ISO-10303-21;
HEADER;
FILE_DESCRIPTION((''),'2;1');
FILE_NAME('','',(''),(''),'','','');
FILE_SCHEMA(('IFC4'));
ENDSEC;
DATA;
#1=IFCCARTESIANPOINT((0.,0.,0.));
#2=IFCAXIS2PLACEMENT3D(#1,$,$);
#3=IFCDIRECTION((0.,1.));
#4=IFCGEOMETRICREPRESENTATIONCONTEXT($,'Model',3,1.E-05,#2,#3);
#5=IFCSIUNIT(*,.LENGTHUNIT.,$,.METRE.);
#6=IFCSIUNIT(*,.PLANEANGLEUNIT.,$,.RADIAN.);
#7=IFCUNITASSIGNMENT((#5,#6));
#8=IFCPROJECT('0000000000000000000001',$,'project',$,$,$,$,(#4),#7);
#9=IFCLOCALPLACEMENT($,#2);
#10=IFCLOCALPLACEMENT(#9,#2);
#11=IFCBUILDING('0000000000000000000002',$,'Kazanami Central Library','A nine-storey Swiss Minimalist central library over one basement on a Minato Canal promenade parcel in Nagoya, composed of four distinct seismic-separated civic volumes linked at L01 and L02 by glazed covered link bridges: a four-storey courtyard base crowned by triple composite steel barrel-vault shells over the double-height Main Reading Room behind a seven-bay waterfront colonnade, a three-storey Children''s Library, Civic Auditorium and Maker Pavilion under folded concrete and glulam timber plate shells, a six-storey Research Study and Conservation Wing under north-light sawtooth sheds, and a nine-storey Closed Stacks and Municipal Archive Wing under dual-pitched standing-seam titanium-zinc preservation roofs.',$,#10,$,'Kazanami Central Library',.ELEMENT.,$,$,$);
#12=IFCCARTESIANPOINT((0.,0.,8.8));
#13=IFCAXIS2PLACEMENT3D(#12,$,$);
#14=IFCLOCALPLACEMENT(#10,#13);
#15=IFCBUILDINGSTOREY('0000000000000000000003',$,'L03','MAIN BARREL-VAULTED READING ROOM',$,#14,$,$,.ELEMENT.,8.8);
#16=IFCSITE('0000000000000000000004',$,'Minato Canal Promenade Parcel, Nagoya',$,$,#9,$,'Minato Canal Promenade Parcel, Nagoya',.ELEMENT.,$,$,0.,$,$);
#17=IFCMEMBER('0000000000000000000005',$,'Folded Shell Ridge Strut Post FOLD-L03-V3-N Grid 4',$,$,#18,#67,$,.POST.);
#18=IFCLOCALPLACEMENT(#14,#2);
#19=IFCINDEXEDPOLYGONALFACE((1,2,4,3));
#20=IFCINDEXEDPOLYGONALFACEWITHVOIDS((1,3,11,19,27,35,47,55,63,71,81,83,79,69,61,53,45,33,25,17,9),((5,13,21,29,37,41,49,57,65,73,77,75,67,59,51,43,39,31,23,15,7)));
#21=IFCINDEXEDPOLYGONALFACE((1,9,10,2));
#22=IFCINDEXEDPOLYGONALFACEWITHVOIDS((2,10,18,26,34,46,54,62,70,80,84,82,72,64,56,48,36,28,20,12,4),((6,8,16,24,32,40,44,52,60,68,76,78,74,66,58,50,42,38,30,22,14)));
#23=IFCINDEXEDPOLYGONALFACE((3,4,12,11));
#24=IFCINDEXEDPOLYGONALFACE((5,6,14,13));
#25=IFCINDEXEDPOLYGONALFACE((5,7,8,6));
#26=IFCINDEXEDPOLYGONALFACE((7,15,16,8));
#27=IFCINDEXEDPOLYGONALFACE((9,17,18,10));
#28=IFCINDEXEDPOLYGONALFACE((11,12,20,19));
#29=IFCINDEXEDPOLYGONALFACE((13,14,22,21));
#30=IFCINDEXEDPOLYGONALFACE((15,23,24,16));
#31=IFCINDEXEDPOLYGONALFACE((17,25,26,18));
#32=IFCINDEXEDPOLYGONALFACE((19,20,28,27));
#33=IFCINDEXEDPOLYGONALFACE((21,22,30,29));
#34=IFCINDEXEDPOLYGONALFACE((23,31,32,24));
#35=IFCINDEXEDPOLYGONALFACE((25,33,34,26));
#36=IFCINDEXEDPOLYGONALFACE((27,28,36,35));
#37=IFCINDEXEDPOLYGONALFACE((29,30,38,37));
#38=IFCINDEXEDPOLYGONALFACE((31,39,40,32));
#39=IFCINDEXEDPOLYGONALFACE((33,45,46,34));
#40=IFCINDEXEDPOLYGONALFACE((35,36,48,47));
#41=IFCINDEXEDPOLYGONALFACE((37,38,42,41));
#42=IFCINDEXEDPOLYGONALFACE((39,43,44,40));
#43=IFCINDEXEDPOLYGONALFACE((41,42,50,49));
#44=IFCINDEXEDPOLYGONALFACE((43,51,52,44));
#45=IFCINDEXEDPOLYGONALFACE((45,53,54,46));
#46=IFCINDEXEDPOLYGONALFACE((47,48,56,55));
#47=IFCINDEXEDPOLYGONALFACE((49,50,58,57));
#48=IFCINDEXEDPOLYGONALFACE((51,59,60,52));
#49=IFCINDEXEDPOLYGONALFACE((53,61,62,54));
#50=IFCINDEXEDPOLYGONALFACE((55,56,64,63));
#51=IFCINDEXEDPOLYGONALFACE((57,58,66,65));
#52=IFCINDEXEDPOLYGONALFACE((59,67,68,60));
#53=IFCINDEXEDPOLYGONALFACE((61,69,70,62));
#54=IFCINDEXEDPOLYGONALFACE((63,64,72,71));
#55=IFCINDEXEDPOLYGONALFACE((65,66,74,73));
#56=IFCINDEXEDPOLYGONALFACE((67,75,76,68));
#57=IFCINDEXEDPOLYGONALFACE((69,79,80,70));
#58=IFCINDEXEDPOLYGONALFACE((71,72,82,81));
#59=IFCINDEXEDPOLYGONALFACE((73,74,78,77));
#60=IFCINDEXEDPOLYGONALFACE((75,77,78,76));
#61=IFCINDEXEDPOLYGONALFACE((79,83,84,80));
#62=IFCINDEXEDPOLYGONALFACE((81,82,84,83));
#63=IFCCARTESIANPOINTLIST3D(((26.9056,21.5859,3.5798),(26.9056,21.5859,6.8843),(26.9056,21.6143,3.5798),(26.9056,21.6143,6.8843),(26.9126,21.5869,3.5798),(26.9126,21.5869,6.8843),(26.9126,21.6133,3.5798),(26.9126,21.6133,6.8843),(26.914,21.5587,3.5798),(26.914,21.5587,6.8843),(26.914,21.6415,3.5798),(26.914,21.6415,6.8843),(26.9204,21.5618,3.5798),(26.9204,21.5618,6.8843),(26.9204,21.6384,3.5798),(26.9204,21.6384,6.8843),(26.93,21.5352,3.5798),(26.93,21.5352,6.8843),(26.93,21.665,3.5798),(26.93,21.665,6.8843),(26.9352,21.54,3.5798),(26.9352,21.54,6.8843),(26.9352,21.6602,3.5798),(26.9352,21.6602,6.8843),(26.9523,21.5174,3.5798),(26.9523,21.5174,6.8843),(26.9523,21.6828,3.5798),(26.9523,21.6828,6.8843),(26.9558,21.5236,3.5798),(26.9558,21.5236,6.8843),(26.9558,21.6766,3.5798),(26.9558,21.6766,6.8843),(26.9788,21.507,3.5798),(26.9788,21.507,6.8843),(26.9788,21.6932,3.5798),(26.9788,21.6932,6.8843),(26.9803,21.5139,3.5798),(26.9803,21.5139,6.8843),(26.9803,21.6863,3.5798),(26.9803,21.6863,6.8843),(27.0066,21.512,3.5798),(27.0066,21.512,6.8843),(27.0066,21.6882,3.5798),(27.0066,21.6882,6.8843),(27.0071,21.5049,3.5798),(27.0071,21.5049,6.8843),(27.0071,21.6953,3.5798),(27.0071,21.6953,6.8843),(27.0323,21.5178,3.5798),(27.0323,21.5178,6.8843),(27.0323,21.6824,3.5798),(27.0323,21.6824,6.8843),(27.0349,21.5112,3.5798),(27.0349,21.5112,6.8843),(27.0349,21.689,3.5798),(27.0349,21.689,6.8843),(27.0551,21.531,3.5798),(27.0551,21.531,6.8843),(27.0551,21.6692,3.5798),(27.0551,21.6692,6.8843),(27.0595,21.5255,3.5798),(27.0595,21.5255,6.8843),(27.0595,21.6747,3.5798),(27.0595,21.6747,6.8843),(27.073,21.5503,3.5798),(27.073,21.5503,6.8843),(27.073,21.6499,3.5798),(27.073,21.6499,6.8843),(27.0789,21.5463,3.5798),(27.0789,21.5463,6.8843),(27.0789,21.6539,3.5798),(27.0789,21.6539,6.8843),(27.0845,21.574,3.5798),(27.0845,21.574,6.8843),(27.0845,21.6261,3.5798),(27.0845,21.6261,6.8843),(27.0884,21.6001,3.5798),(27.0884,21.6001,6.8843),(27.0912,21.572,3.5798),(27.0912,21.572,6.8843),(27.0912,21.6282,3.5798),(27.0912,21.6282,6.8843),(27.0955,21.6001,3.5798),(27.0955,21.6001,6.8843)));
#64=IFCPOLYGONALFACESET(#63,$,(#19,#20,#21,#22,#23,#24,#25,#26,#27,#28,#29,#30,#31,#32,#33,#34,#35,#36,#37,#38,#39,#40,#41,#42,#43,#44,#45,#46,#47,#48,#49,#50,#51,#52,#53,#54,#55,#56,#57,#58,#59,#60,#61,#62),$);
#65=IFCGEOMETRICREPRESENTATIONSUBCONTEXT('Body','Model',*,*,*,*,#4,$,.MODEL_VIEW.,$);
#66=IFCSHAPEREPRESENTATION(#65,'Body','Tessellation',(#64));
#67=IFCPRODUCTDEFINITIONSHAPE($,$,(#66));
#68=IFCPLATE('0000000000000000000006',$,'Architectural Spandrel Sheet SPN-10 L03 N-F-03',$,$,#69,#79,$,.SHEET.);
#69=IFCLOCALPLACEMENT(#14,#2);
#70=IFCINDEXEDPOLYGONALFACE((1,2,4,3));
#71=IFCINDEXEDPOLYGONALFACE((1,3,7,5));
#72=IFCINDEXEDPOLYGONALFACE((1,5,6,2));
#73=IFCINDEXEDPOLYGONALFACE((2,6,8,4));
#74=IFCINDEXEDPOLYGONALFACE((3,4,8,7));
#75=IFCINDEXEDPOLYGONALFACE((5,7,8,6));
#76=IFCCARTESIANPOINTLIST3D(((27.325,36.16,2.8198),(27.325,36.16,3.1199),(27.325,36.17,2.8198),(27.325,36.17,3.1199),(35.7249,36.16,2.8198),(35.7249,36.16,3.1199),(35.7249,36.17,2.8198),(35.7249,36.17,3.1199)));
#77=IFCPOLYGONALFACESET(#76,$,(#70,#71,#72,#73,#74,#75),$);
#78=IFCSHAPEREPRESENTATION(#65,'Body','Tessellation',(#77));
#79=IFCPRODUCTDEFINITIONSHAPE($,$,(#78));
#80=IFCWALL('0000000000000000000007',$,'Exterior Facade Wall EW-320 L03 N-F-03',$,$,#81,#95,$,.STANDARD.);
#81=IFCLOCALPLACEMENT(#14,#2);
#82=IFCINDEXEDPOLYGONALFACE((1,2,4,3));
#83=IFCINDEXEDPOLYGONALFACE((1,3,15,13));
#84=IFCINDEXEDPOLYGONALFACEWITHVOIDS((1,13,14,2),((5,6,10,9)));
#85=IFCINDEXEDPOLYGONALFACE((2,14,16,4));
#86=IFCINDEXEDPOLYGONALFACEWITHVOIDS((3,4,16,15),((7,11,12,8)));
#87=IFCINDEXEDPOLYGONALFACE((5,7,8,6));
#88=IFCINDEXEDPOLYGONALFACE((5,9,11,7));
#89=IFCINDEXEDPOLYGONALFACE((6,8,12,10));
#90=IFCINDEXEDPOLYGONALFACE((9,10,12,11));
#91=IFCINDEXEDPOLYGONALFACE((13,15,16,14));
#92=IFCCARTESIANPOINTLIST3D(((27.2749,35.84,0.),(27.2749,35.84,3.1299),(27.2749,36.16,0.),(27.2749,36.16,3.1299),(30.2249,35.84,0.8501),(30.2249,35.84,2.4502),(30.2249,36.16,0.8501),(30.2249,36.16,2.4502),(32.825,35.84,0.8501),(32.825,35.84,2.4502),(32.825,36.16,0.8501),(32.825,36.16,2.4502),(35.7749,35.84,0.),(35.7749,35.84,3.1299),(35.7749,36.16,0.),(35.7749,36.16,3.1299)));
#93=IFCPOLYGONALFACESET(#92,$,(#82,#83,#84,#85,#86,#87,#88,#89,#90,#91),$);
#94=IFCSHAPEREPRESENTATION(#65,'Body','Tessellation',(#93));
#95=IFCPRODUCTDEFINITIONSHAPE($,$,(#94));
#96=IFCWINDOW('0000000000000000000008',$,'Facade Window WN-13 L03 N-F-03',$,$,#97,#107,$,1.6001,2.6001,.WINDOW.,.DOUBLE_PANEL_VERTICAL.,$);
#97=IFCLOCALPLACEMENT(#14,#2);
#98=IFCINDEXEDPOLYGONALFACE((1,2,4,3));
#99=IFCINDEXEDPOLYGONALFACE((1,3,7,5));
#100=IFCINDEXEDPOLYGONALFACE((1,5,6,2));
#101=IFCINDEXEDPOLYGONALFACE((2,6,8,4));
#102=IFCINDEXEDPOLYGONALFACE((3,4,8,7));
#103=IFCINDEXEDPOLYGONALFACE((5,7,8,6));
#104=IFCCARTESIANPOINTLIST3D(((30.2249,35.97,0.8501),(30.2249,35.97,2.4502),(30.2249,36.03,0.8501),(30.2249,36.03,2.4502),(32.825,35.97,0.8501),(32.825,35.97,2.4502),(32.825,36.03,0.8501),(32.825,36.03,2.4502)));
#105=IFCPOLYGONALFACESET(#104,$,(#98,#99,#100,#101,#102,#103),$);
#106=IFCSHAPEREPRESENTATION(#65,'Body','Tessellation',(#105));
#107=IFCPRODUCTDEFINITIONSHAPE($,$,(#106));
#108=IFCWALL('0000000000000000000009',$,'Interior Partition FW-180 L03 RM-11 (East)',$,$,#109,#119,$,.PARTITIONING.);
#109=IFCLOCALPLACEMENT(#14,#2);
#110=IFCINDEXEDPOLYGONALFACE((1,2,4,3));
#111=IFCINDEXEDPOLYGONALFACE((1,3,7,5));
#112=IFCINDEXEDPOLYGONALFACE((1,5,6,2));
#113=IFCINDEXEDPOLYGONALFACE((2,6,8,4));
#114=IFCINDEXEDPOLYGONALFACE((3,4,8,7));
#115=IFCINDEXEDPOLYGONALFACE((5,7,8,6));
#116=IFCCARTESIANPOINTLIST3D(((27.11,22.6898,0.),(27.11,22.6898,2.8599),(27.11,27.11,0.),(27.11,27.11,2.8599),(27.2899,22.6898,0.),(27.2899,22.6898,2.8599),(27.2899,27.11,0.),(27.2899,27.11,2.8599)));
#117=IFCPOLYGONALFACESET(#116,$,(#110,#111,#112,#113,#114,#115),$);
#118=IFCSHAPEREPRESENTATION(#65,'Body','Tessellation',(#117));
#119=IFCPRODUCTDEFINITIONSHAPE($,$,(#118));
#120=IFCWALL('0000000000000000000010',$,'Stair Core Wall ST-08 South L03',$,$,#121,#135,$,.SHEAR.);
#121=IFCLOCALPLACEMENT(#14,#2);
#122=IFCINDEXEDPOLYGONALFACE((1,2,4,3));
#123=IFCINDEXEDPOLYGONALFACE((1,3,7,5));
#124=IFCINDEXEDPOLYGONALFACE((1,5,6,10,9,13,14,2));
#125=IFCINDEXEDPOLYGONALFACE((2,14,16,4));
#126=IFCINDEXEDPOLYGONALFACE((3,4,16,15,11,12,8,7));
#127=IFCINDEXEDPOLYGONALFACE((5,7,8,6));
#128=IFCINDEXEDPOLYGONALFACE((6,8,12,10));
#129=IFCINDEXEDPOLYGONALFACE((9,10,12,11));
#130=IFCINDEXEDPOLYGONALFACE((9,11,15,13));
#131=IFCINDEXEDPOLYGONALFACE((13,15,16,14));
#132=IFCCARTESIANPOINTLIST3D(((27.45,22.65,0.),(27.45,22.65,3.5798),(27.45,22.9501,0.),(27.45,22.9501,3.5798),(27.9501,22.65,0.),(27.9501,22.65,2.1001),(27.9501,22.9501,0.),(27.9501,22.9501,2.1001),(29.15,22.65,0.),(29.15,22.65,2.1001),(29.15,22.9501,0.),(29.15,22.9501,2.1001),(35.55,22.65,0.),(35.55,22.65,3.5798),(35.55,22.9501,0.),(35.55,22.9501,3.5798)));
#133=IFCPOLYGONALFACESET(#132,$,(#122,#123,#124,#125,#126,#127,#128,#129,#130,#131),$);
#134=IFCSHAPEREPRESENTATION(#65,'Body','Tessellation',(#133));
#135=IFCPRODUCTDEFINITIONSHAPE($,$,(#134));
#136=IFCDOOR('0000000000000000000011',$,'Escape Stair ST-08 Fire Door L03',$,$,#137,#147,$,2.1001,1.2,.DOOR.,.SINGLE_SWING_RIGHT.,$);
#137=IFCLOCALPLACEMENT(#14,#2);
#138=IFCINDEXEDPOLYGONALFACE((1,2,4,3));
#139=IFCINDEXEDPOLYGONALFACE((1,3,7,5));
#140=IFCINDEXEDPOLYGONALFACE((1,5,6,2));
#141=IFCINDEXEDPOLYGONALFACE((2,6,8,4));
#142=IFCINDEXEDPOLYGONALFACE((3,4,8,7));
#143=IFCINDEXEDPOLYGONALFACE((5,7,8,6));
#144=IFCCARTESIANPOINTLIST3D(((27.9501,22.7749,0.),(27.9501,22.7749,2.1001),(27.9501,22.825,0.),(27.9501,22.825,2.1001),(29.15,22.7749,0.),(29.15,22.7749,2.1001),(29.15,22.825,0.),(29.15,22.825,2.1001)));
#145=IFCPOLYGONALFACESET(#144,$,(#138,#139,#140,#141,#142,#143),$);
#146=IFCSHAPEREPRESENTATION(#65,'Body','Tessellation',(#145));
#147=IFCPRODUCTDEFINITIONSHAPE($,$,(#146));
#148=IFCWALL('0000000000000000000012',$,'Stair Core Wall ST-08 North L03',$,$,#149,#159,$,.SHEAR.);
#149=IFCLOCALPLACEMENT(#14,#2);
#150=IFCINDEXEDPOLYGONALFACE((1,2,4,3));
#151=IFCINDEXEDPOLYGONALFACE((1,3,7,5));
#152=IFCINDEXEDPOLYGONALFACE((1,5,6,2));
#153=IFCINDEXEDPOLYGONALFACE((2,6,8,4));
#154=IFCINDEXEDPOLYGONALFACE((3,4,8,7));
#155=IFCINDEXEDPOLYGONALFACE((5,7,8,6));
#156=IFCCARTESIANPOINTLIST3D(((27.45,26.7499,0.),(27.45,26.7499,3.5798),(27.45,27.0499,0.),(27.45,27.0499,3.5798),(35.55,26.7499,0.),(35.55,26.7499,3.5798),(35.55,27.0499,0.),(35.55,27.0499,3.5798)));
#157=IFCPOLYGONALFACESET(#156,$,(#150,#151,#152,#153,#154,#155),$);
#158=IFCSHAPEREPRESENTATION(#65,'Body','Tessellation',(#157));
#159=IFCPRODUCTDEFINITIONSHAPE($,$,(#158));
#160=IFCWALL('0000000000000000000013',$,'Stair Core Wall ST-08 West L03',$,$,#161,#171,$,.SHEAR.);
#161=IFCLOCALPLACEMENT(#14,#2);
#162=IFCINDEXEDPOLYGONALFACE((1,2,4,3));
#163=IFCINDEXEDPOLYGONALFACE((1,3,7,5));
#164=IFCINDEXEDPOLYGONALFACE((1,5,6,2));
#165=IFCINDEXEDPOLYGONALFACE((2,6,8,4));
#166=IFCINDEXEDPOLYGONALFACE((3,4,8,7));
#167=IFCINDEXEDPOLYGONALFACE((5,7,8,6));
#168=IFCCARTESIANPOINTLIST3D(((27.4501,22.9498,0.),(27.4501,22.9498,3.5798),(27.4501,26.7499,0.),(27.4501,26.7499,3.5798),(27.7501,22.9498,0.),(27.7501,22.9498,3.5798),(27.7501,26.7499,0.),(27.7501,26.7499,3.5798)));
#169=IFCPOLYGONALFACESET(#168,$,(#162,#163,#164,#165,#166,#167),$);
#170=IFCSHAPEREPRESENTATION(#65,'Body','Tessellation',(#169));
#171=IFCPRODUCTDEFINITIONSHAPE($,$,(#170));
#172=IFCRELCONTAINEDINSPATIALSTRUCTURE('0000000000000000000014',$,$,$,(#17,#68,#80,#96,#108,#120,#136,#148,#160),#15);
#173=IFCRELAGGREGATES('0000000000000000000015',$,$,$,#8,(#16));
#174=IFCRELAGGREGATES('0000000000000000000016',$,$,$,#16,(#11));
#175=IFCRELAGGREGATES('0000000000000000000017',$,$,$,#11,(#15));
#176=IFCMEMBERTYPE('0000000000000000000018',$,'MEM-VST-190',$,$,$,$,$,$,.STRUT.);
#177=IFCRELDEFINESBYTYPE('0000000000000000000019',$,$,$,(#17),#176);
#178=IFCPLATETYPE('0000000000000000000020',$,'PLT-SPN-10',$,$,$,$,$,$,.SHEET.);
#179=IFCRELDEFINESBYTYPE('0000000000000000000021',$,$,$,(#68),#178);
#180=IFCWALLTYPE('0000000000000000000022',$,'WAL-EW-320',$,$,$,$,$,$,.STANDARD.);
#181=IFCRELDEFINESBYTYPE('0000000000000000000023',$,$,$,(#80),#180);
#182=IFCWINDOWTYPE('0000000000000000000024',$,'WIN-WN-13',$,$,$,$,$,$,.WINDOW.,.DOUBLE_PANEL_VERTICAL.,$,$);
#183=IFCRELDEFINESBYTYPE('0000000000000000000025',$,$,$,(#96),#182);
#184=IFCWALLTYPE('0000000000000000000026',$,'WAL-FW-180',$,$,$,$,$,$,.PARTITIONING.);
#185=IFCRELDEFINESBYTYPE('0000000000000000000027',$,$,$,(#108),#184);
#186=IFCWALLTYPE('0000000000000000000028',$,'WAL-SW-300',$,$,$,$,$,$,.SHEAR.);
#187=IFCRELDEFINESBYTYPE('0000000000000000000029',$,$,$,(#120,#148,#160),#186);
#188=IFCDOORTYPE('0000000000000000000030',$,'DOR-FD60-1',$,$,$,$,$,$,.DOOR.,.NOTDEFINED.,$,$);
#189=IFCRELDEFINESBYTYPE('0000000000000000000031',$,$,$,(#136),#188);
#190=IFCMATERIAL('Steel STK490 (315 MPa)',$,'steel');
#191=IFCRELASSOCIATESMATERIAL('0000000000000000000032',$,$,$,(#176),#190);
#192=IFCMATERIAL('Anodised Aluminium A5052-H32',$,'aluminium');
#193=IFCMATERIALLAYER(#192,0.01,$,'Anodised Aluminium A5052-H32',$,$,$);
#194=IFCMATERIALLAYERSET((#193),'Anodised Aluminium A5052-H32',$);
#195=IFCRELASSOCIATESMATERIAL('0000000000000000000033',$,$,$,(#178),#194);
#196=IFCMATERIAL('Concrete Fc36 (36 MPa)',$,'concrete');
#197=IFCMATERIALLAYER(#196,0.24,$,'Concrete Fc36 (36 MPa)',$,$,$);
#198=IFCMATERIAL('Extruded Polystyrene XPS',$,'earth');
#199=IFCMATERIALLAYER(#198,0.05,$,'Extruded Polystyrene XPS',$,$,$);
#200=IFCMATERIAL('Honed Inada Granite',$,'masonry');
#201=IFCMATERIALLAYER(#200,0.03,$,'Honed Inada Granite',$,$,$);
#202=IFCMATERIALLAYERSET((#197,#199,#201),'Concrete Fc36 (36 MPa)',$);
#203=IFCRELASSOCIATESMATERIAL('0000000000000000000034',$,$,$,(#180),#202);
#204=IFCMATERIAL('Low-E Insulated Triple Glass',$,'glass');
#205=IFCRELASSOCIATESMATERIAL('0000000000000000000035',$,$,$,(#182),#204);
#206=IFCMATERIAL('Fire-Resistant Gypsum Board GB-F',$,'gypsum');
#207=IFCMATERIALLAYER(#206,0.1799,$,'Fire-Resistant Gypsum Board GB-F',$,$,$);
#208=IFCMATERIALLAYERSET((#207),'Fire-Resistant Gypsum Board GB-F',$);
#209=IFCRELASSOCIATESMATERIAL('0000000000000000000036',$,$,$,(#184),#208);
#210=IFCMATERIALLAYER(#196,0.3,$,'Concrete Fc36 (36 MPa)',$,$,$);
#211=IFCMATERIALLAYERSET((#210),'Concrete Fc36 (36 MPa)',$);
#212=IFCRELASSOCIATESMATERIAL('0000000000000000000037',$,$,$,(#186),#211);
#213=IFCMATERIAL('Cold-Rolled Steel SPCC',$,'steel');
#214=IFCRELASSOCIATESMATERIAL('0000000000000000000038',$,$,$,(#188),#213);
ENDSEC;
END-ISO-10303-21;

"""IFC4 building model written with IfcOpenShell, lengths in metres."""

from ifc_helpers import new_model, si_unit, direction, frame, frame_2d, origin, origin_2d, place, context, subcontext, project, spatial, rectangle, hollow_circle, extrude, material, layer, layer_set, material_profile, profile_set, type_object, element, fill, save


model = new_model("IFC4")

# Units and contexts
model_context = context("Model", 3, precision=1e-05, world=origin(), true_north=direction((0.0, 1.0)))
body_context = subcontext(model_context, "Body", "Model", "MODEL_VIEW")
ifc_project = project(units=[si_unit("LENGTHUNIT", "METRE"), si_unit("PLANEANGLEUNIT", "RADIAN")], contexts=[model_context])

# Site, building, storey
site_placement = place(None, origin())
site = spatial("IfcSite", under=ifc_project, at=site_placement, Name="Minato Canal Promenade Parcel, Nagoya", LongName="Minato Canal Promenade Parcel, Nagoya", CompositionType="ELEMENT", RefElevation=0.0)
building_placement = place(site_placement, origin())
building = spatial("IfcBuilding", under=site, at=building_placement, Name="Kazanami Central Library", Description="A nine-storey Swiss Minimalist central library over one basement on a Minato Canal promenade parcel in Nagoya, composed of four distinct seismic-separated civic volumes linked at L01 and L02 by glazed covered link bridges: a four-storey courtyard base crowned by triple composite steel barrel-vault shells over the double-height Main Reading Room behind a seven-bay waterfront colonnade, a three-storey Children's Library, Civic Auditorium and Maker Pavilion under folded concrete and glulam timber plate shells, a six-storey Research Study and Conservation Wing under north-light sawtooth sheds, and a nine-storey Closed Stacks and Municipal Archive Wing under dual-pitched standing-seam titanium-zinc preservation roofs.", LongName="Kazanami Central Library", CompositionType="ELEMENT")
storey_placement = place(building_placement, frame((0.0, 0.0, 8.8)))
storey = spatial("IfcBuildingStorey", under=building, at=storey_placement, Name="L03", Description="MAIN BARREL-VAULTED READING ROOM", CompositionType="ELEMENT", Elevation=8.8)

# Member
ifc_material_1 = material(Name="Steel STK490 (315 MPa)", Category="steel")
ifc_material_profile_1 = material_profile(ifc_material_1, hollow_circle(Radius=0.0955, WallThickness=0.0071, at=origin_2d()), Name="CHS-190.7x7.0")
ifc_profile_set_1 = profile_set([ifc_material_profile_1], Name="Steel STK490 (315 MPa)")
member_type_1 = type_object("IfcMemberType", Name="MEM-VST-190", PredefinedType="STRUT", material=ifc_profile_set_1)
member_1_placement = place(storey_placement, frame((27.0, 21.6001, 3.5798), z_axis=(0.0, 0.0, 1.0), x_axis=(1.0, 0.0, 0.0)))
element("IfcMember", 1, at=member_1_placement, inside=storey, type_object=member_type_1, Name="Folded Shell Ridge Strut Post FOLD-L03-V3-N Grid 4", PredefinedType="POST", context=body_context, shape_type="SweptSolid", body=[
    extrude(hollow_circle(Radius=0.0955, WallThickness=0.0071, at=origin_2d()), origin(), (0.0, 0.0, 1.0), 3.3044),
])

# Plate
ifc_material_2 = material(Name="Anodised Aluminium A5052-H32", Category="aluminium")
ifc_layer_1 = layer(ifc_material_2, 0.01, Name="Anodised Aluminium A5052-H32")
ifc_layer_set_1 = layer_set([ifc_layer_1], Name="Anodised Aluminium A5052-H32")
plate_type = type_object("IfcPlateType", Name="PLT-SPN-10", PredefinedType="SHEET", material=ifc_layer_set_1)
plate_placement = place(storey_placement, frame((31.5249, 36.165, 2.8198), z_axis=(0.0, 0.0, 1.0), x_axis=(-1.0, 0.0, 0.0)))
element("IfcPlate", 2, at=plate_placement, inside=storey, type_object=plate_type, Name="Architectural Spandrel Sheet SPN-10 L03 N-F-03", PredefinedType="SHEET", context=body_context, shape_type="SweptSolid", body=[
    extrude(rectangle(XDim=8.3999, YDim=0.01, at=origin_2d()), origin(), (0.0, 0.0, 1.0), 0.3),
])

# Wall, opening, window
ifc_material_3 = material(Name="Concrete Fc36 (36 MPa)", Category="concrete")
ifc_layer_2 = layer(ifc_material_3, 0.24, Name="Concrete Fc36 (36 MPa)")
ifc_material_4 = material(Name="Extruded Polystyrene XPS", Category="earth")
ifc_layer_3 = layer(ifc_material_4, 0.05, Name="Extruded Polystyrene XPS")
ifc_material_5 = material(Name="Honed Inada Granite", Category="masonry")
ifc_layer_4 = layer(ifc_material_5, 0.03, Name="Honed Inada Granite")
ifc_layer_set_2 = layer_set([ifc_layer_2, ifc_layer_3, ifc_layer_4], Name="Concrete Fc36 (36 MPa)")
wall_type_1 = type_object("IfcWallType", Name="WAL-EW-320", PredefinedType="STANDARD", material=ifc_layer_set_2)
wall_1_placement = place(storey_placement, frame((35.7749, 36.0, 0.0), z_axis=(0.0, 0.0, 1.0), x_axis=(-1.0, 0.0, 0.0)))
wall_1 = element("IfcWall", 3, at=wall_1_placement, inside=storey, type_object=wall_type_1, Name="Exterior Facade Wall EW-320 L03 N-F-03", PredefinedType="STANDARD", context=body_context, shape_type="SweptSolid", body=[
    extrude(rectangle(XDim=8.5, YDim=0.3201, at=frame_2d((4.25, 0.0))), origin(), (0.0, 0.0, 1.0), 3.1299),
])
opening_1_placement = place(wall_1_placement, frame((2.95, 0.0, 0.8501)))
opening_1 = element("IfcOpeningElement", 4, at=opening_1_placement, cuts=wall_1, PredefinedType="OPENING", context=body_context, shape_type="SweptSolid", body=[
    extrude(rectangle(XDim=2.6001, YDim=1.6001, at=frame_2d((1.3, 0.8))), frame((0.0, 0.1719, 0.0), z_axis=(0.0, -1.0, 0.0), x_axis=(1.0, 0.0, 0.0)), (0.0, 0.0, 1.0), 0.344),
])
ifc_material_6 = material(Name="Low-E Insulated Triple Glass", Category="glass")
window_type = type_object("IfcWindowType", Name="WIN-WN-13", PartitioningType="DOUBLE_PANEL_VERTICAL", PredefinedType="WINDOW", material=ifc_material_6)
window_placement = place(opening_1_placement, origin())
window = element("IfcWindow", 5, at=window_placement, inside=storey, type_object=window_type, Name="Facade Window WN-13 L03 N-F-03", OverallHeight=1.6001, OverallWidth=2.6001, PartitioningType="DOUBLE_PANEL_VERTICAL", PredefinedType="WINDOW", context=body_context, shape_type="SweptSolid", body=[
    extrude(rectangle(XDim=2.6001, YDim=1.6001, at=frame_2d((1.3, 0.8))), frame((0.0, 0.03, 0.0), z_axis=(0.0, -1.0, 0.0), x_axis=(1.0, 0.0, 0.0)), (0.0, 0.0, 1.0), 0.0601),
])
fill(opening_1, window)

# Wall
ifc_material_7 = material(Name="Fire-Resistant Gypsum Board GB-F", Category="gypsum")
ifc_layer_5 = layer(ifc_material_7, 0.1799, Name="Fire-Resistant Gypsum Board GB-F")
ifc_layer_set_3 = layer_set([ifc_layer_5], Name="Fire-Resistant Gypsum Board GB-F")
wall_type_2 = type_object("IfcWallType", Name="WAL-FW-180", PredefinedType="PARTITIONING", material=ifc_layer_set_3)
wall_2_placement = place(storey_placement, frame((27.2, 22.6899, 0.0), z_axis=(0.0, 0.0, 1.0), x_axis=(0.0, 1.0, 0.0)))
element("IfcWall", 6, at=wall_2_placement, inside=storey, type_object=wall_type_2, Name="Interior Partition FW-180 L03 RM-11 (East)", PredefinedType="PARTITIONING", context=body_context, shape_type="SweptSolid", body=[
    extrude(rectangle(XDim=4.4202, YDim=0.1799, at=frame_2d((2.21, 0.0))), origin(), (0.0, 0.0, 1.0), 2.8599),
])

# Wall, opening, door
ifc_layer_6 = layer(ifc_material_3, 0.3, Name="Concrete Fc36 (36 MPa)")
ifc_layer_set_4 = layer_set([ifc_layer_6], Name="Concrete Fc36 (36 MPa)")
wall_type_3 = type_object("IfcWallType", Name="WAL-SW-300", PredefinedType="SHEAR", material=ifc_layer_set_4)
wall_3_placement = place(storey_placement, frame((27.45, 22.8, 0.0), z_axis=(0.0, 0.0, 1.0), x_axis=(1.0, 0.0, 0.0)))
wall_3 = element("IfcWall", 7, at=wall_3_placement, inside=storey, type_object=wall_type_3, Name="Stair Core Wall ST-08 South L03", PredefinedType="SHEAR", context=body_context, shape_type="SweptSolid", body=[
    extrude(rectangle(XDim=8.1001, YDim=0.3, at=frame_2d((4.05, 0.0))), origin(), (0.0, 0.0, 1.0), 3.5798),
])
opening_2_placement = place(wall_3_placement, frame((0.5, 0.0, 0.0)))
opening_2 = element("IfcOpeningElement", 8, at=opening_2_placement, cuts=wall_3, PredefinedType="OPENING", context=body_context, shape_type="SweptSolid", body=[
    extrude(rectangle(XDim=1.2, YDim=2.1001, at=frame_2d((0.6001, 1.05))), frame((0.0, 0.1621, 0.0), z_axis=(0.0, -1.0, 0.0), x_axis=(1.0, 0.0, 0.0)), (0.0, 0.0, 1.0), 0.324),
])
ifc_material_8 = material(Name="Cold-Rolled Steel SPCC", Category="steel")
door_type = type_object("IfcDoorType", Name="DOR-FD60-1", OperationType="NOTDEFINED", PredefinedType="DOOR", material=ifc_material_8)
door_placement = place(opening_2_placement, origin())
door = element("IfcDoor", 9, at=door_placement, inside=storey, type_object=door_type, Name="Escape Stair ST-08 Fire Door L03", OperationType="SINGLE_SWING_RIGHT", OverallHeight=2.1001, OverallWidth=1.2, PredefinedType="DOOR", context=body_context, shape_type="SweptSolid", body=[
    extrude(rectangle(XDim=1.2, YDim=2.1001, at=frame_2d((0.6001, 1.05))), frame((0.0, 0.0249, 0.0), z_axis=(0.0, -1.0, 0.0), x_axis=(1.0, 0.0, 0.0)), (0.0, 0.0, 1.0), 0.05),
])
fill(opening_2, door)

# Walls
wall_4_placement = place(storey_placement, frame((27.45, 26.8999, 0.0), z_axis=(0.0, 0.0, 1.0), x_axis=(1.0, 0.0, 0.0)))
element("IfcWall", 10, at=wall_4_placement, inside=storey, type_object=wall_type_3, Name="Stair Core Wall ST-08 North L03", PredefinedType="SHEAR", context=body_context, shape_type="SweptSolid", body=[
    extrude(rectangle(XDim=8.1001, YDim=0.3, at=frame_2d((4.05, 0.0))), origin(), (0.0, 0.0, 1.0), 3.5798),
])
for number, where, z_axis, x_axis, name in (
    (11, (27.6001, 22.95, 0.0), (0.0, 0.0, 1.0), (0.0, 1.0, 0.0), "Stair Core Wall ST-08 West L03"),
):
    element("IfcWall", number, at=place(storey_placement, frame(where, z_axis=z_axis, x_axis=x_axis)), inside=storey, type_object=wall_type_3, Name=name, PredefinedType="SHEAR", context=body_context, shape_type="SweptSolid", body=[
        extrude(rectangle(XDim=3.8, YDim=0.3, at=frame_2d((1.8999, 0.0))), origin(), (0.0, 0.0, 1.0), 3.5798),
    ])

save(model, "model.ifc")
